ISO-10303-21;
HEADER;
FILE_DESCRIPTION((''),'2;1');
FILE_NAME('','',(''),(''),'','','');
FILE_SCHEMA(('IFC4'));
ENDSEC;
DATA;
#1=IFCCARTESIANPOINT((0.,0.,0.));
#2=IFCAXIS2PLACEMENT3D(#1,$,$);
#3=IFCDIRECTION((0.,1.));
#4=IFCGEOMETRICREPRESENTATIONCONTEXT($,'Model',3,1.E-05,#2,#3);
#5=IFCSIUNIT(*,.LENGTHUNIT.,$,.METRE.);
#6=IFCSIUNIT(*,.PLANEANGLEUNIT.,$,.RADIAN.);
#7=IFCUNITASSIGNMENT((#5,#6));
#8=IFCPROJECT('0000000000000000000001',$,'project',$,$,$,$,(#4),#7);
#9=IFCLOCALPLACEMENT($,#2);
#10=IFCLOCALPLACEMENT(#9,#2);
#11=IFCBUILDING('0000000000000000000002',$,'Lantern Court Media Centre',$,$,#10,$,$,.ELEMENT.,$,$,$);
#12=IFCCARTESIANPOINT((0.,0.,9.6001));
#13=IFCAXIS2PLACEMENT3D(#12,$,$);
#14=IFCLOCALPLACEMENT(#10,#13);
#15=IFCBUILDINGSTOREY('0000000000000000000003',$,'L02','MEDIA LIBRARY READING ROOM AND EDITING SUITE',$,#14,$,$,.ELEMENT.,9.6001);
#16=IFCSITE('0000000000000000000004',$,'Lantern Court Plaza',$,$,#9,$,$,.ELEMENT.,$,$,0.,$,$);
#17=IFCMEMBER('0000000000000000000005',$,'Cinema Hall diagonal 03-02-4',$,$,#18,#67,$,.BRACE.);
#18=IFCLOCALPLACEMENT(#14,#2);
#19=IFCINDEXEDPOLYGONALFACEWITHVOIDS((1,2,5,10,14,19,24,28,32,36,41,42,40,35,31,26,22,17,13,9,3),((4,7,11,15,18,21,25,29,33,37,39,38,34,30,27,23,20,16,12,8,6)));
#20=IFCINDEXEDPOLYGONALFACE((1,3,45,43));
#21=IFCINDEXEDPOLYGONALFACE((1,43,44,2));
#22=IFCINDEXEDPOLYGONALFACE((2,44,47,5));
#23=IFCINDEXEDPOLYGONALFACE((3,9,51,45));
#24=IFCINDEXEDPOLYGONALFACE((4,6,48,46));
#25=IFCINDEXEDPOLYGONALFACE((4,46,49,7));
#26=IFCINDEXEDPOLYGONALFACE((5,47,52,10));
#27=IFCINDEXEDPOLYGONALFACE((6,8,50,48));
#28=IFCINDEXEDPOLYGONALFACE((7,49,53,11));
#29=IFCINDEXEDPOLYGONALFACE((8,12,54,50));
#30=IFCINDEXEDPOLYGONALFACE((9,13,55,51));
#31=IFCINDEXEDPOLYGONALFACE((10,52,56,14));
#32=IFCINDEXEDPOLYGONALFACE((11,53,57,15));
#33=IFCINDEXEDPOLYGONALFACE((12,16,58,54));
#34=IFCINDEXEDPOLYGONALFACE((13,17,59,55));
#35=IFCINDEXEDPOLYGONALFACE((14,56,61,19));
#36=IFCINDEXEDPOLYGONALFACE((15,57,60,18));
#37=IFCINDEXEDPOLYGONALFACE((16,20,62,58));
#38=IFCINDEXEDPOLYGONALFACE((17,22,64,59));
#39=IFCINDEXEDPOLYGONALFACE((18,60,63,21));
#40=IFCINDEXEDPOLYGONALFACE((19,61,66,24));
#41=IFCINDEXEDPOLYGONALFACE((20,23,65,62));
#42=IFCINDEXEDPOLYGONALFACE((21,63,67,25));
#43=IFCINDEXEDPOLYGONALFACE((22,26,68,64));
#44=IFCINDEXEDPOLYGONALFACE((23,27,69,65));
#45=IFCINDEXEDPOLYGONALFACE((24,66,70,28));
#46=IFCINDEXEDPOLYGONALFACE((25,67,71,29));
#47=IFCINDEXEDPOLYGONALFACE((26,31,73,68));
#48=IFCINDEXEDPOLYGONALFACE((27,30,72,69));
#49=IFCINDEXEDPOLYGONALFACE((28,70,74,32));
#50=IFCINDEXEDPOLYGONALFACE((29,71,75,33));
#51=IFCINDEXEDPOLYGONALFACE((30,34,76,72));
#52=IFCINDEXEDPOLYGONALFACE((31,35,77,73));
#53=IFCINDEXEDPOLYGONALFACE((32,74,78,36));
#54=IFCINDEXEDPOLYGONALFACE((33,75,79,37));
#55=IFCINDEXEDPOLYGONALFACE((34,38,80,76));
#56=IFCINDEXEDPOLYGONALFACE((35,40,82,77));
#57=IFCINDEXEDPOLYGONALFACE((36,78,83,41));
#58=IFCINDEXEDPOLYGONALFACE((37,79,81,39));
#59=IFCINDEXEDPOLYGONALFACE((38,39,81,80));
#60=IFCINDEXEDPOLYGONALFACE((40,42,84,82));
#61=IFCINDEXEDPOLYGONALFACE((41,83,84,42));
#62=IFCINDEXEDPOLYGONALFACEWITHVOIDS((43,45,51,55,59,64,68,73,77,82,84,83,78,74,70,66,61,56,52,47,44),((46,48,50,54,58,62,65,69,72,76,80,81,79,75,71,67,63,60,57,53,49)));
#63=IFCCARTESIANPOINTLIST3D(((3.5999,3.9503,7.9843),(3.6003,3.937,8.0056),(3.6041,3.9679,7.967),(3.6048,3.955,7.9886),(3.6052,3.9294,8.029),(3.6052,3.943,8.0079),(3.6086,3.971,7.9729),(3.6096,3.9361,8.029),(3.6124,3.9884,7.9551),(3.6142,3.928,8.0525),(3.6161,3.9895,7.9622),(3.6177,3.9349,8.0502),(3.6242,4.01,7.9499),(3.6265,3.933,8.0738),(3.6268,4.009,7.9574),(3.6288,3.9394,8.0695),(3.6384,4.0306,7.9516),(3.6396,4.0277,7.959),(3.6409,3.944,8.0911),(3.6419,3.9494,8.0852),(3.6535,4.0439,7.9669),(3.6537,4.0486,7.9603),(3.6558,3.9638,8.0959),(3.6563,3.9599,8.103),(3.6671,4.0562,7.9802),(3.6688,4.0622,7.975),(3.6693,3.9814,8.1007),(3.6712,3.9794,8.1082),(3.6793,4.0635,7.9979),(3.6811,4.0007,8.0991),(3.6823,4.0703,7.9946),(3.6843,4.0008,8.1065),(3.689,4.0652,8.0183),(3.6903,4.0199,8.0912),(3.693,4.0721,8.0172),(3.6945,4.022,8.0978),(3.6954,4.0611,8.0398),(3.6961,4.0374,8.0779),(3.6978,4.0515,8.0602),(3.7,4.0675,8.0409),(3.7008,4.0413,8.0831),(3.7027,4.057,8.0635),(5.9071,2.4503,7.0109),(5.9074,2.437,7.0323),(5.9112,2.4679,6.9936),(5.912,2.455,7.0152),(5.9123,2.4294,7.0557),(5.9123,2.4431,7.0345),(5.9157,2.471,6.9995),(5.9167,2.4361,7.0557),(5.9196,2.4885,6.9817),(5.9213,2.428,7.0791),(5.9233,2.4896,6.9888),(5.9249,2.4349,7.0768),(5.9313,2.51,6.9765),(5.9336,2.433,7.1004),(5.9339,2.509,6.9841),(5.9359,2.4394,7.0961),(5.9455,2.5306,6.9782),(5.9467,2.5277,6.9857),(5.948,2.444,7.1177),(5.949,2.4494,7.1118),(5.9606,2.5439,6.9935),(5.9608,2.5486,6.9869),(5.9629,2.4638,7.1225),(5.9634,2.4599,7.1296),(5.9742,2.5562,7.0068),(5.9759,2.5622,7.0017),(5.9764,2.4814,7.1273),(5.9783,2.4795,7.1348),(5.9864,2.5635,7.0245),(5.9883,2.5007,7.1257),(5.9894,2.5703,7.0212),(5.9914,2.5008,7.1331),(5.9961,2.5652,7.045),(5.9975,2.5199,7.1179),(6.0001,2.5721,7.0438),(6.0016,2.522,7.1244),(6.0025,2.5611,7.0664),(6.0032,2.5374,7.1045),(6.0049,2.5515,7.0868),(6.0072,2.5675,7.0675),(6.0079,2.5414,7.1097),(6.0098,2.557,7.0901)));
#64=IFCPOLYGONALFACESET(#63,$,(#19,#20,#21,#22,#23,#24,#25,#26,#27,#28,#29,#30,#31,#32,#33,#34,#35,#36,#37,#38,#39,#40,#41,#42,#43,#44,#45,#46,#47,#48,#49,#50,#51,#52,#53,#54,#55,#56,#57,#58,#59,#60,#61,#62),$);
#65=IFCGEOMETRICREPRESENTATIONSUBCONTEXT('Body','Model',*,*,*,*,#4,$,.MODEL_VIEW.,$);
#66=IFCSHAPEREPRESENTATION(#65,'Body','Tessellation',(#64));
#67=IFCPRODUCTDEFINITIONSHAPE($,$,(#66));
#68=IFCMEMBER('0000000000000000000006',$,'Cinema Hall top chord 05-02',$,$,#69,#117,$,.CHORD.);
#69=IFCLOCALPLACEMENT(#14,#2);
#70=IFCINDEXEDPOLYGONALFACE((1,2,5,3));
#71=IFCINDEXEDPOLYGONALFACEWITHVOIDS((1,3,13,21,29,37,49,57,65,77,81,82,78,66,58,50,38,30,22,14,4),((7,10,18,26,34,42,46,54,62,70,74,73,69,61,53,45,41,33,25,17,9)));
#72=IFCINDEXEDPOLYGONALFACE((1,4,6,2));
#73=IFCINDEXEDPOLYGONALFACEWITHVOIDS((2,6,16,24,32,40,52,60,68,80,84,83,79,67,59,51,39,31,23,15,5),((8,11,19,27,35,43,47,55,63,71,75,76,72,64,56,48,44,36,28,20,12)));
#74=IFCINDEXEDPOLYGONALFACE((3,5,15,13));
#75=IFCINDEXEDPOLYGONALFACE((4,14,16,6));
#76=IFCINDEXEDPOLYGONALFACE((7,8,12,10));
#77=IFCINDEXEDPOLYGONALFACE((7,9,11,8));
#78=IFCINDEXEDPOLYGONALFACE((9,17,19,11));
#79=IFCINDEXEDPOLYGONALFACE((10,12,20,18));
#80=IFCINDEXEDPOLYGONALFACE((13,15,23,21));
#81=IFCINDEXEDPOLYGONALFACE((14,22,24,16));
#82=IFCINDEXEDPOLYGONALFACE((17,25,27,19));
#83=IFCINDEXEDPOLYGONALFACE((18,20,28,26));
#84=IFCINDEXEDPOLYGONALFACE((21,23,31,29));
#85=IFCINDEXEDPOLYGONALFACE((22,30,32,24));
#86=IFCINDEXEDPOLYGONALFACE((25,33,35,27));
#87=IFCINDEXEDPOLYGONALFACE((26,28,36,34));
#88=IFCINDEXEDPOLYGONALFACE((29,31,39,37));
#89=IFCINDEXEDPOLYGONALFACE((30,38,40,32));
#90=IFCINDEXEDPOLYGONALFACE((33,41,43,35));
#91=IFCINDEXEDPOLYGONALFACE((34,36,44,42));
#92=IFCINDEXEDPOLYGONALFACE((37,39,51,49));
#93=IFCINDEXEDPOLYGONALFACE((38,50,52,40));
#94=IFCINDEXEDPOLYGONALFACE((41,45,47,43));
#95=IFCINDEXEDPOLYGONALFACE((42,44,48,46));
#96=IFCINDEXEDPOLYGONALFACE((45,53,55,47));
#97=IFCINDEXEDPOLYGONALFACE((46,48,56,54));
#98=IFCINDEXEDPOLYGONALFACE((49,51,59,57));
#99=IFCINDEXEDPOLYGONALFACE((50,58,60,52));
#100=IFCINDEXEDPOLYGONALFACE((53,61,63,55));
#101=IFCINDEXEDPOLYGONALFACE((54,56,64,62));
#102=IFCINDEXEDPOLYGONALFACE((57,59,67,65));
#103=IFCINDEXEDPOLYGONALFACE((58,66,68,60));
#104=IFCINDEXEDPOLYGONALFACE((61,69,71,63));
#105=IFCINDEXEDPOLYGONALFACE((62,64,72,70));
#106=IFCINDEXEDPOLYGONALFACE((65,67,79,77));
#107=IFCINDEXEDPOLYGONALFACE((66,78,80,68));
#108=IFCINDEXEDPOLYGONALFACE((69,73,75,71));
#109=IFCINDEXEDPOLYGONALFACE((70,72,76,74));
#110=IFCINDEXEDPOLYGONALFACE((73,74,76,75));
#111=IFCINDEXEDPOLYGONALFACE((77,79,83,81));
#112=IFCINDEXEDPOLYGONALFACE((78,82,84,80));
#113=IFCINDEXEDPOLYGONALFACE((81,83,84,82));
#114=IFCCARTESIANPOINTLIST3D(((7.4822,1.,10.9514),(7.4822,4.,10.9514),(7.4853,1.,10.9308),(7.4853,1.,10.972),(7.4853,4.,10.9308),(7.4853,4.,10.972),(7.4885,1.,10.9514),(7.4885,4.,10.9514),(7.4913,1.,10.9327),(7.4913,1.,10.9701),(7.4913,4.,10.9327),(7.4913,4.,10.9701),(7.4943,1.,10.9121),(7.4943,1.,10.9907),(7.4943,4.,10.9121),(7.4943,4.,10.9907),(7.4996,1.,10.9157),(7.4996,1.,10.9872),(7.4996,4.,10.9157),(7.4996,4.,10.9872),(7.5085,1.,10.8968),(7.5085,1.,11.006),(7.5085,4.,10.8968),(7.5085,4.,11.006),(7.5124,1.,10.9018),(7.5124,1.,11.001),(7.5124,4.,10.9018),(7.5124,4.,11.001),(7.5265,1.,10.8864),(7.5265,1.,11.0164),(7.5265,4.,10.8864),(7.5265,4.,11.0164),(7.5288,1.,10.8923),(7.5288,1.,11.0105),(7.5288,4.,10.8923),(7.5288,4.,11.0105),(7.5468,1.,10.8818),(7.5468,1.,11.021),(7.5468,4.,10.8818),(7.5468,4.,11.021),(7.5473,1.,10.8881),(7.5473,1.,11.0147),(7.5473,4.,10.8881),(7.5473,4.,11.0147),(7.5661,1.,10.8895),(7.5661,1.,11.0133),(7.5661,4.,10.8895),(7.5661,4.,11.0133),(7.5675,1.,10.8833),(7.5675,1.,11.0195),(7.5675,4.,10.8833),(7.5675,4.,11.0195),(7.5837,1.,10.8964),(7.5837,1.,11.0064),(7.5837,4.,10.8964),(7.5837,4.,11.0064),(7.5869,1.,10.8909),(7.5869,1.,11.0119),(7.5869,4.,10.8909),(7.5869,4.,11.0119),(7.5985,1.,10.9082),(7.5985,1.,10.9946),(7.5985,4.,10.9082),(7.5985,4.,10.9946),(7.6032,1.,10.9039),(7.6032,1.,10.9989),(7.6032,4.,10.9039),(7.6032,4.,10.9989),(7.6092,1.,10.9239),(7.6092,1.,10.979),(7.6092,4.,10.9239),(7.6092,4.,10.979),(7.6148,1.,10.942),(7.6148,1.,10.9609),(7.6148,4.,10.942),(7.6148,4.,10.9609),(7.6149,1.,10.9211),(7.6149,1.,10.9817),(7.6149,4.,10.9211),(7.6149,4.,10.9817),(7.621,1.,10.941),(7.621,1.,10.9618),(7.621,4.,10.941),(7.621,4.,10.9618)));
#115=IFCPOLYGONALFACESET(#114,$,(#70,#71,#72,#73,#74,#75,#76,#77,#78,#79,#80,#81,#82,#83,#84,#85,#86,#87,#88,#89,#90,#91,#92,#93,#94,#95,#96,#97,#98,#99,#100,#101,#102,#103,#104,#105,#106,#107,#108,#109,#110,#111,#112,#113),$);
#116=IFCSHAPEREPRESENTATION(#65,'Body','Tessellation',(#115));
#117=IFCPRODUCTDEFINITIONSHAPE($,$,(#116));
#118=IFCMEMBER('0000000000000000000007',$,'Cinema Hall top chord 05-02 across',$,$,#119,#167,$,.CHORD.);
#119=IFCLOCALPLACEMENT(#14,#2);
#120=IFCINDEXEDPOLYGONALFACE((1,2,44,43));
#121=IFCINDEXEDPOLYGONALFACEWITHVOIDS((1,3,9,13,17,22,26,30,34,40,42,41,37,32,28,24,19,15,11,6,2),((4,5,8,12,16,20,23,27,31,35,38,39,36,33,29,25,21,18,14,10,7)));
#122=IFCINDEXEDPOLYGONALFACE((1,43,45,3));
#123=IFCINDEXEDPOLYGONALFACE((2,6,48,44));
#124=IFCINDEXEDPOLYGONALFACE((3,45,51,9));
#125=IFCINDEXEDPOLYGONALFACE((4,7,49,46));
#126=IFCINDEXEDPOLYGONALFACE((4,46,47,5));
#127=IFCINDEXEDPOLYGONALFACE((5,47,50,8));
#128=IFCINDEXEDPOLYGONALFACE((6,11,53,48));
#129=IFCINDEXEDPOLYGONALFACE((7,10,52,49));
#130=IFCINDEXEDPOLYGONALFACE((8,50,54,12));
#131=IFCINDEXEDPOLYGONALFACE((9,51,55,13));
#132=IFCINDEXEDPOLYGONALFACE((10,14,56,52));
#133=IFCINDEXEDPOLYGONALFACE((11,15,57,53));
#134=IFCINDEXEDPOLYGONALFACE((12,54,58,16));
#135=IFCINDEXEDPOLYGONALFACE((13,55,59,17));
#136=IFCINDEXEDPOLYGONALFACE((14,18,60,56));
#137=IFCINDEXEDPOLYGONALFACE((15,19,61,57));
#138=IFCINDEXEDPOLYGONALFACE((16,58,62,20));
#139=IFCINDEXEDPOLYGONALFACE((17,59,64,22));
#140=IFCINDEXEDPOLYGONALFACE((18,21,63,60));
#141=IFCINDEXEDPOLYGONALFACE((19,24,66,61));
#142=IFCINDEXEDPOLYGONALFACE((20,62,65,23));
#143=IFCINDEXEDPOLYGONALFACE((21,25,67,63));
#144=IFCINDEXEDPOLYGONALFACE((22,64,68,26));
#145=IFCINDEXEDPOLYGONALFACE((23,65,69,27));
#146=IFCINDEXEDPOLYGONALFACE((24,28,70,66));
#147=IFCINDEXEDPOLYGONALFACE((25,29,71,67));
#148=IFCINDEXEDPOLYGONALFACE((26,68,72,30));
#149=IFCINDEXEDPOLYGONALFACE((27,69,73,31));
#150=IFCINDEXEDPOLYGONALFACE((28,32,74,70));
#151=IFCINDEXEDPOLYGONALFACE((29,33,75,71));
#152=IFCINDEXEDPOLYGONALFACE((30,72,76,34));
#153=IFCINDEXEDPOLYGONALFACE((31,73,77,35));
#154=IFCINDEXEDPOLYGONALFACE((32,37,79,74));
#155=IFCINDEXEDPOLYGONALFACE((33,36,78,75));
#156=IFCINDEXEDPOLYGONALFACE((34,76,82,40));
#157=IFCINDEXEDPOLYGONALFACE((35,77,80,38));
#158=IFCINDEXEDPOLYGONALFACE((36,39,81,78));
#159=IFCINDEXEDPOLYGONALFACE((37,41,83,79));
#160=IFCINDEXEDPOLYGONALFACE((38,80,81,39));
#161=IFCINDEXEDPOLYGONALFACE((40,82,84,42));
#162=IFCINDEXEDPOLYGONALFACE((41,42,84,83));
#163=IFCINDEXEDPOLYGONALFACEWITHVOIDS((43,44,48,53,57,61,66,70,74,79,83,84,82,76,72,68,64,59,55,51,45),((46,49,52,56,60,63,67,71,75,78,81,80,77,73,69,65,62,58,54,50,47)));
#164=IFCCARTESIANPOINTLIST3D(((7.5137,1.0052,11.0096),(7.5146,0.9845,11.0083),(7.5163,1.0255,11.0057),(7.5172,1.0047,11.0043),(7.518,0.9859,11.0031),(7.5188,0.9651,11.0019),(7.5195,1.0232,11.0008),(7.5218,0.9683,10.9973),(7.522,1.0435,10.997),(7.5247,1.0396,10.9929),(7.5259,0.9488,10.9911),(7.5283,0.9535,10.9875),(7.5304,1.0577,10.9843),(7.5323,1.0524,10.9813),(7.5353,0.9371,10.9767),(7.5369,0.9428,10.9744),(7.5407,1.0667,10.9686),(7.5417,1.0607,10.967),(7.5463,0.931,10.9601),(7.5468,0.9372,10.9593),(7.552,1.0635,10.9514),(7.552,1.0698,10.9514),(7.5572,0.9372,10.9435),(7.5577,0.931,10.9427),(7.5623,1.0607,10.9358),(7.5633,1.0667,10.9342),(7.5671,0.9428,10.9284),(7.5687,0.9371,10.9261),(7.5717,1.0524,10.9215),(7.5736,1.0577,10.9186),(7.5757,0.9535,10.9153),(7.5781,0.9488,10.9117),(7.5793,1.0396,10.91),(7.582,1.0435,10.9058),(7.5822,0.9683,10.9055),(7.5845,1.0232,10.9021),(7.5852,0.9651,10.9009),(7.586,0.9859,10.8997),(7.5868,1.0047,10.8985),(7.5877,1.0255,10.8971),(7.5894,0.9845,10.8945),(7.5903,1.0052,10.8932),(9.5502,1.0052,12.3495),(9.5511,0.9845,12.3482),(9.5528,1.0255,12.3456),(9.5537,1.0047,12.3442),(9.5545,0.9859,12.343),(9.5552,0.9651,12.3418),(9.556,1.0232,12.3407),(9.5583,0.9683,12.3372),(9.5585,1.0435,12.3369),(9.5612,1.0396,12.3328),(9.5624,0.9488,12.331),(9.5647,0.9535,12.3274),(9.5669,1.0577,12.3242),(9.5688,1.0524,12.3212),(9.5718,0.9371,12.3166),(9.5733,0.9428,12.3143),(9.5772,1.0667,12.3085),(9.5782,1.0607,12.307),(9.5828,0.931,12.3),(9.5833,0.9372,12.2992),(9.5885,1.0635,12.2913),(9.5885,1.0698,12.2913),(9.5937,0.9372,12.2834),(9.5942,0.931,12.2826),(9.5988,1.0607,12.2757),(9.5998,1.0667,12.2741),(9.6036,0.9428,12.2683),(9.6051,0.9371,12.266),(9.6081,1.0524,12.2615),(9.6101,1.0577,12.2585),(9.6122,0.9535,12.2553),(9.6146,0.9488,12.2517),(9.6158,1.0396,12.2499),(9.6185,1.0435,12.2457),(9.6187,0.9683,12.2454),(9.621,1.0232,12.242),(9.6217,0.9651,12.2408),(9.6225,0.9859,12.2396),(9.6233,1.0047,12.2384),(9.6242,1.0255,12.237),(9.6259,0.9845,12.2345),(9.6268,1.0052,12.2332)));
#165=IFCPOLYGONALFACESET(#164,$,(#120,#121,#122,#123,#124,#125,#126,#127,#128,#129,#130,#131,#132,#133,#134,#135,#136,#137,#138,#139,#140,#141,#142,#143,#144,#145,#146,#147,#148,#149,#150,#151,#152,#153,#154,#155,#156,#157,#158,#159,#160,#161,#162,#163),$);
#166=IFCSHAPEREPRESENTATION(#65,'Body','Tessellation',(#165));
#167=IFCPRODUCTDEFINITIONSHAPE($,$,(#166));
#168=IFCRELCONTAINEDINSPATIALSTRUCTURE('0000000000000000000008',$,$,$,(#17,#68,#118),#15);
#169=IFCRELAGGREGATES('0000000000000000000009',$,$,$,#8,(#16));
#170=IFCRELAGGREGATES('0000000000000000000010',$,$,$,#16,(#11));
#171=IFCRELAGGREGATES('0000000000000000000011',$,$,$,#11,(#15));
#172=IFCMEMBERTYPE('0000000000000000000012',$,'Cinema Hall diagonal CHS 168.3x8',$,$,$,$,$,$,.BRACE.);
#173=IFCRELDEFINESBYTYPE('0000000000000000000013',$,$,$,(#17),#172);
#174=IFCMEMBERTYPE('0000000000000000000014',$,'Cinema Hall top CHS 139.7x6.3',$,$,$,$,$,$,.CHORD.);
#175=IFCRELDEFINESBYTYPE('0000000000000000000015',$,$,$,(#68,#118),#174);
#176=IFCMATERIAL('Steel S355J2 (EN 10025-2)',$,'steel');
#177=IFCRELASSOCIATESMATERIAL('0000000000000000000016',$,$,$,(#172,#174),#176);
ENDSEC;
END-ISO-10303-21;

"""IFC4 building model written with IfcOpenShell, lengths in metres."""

from ifc_helpers import new_model, si_unit, direction, frame, origin, origin_2d, place, context, subcontext, project, spatial, hollow_circle, extrude, material, material_profile, profile_set, type_object, element, save


model = new_model("IFC4")

# Units and contexts
model_context = context("Model", 3, precision=1e-05, world=origin(), true_north=direction((0.0, 1.0)))
body_context = subcontext(model_context, "Body", "Model", "MODEL_VIEW")
ifc_project = project(units=[si_unit("LENGTHUNIT", "METRE"), si_unit("PLANEANGLEUNIT", "RADIAN")], contexts=[model_context])

# Site, building, storey
site_placement = place(None, origin())
site = spatial("IfcSite", under=ifc_project, at=site_placement, Name="Lantern Court Plaza", CompositionType="ELEMENT", RefElevation=0.0)
building_placement = place(site_placement, origin())
building = spatial("IfcBuilding", under=site, at=building_placement, Name="Lantern Court Media Centre", CompositionType="ELEMENT")
storey_placement = place(building_placement, frame((0.0, 0.0, 9.6001)))
storey = spatial("IfcBuildingStorey", under=building, at=storey_placement, Name="L02", Description="MEDIA LIBRARY READING ROOM AND EDITING SUITE", CompositionType="ELEMENT", Elevation=9.6001)

# Members
ifc_material = material(Name="Steel S355J2 (EN 10025-2)", Category="steel")
ifc_material_profile_1 = material_profile(ifc_material, hollow_circle(Radius=0.0842, WallThickness=0.0081, at=origin_2d()), Name="Cinema Hall diagonal CHS 168.3x8")
ifc_profile_set_1 = profile_set([ifc_material_profile_1], Name="Steel S355J2 (EN 10025-2)")
member_type_1 = type_object("IfcMemberType", Name="Cinema Hall diagonal CHS 168.3x8", PredefinedType="BRACE", material=ifc_profile_set_1)
member_1_placement = place(storey_placement, frame((5.9583, 2.5, 7.0557), z_axis=(-0.790394, 0.513882, 0.333471), x_axis=(-0.545082, -0.838383, 0.0)))
element("IfcMember", 1, at=member_1_placement, inside=storey, type_object=member_type_1, Name="Cinema Hall diagonal 03-02-4", PredefinedType="BRACE", context=body_context, shape_type="SweptSolid", body=[
    extrude(hollow_circle(Radius=0.0842, WallThickness=0.0081, at=origin_2d()), origin(), (0.0, 0.0, 1.0), 2.9189),
])
ifc_material_profile_2 = material_profile(ifc_material, hollow_circle(Radius=0.0698, WallThickness=0.0063, at=origin_2d()), Name="Cinema Hall top CHS 139.7x6.3")
ifc_profile_set_2 = profile_set([ifc_material_profile_2], Name="Steel S355J2 (EN 10025-2)")
member_type_2 = type_object("IfcMemberType", Name="Cinema Hall top CHS 139.7x6.3", PredefinedType="CHORD", material=ifc_profile_set_2)
member_2_placement = place(storey_placement, frame((7.552, 1.0, 10.9514), z_axis=(0.0, 1.0, 0.0), x_axis=(-1.0, 0.0, 0.0)))
element("IfcMember", 2, at=member_2_placement, inside=storey, type_object=member_type_2, Name="Cinema Hall top chord 05-02", PredefinedType="CHORD", context=body_context, shape_type="SweptSolid", body=[
    extrude(hollow_circle(Radius=0.0698, WallThickness=0.0063, at=origin_2d()), origin(), (0.0, 0.0, 1.0), 3.0),
])
member_3_placement = place(storey_placement, frame((7.552, 1.0, 10.9514), z_axis=(0.835394, 0.0, 0.549651), x_axis=(0.0, 1.0, 0.0)))
element("IfcMember", 3, at=member_3_placement, inside=storey, type_object=member_type_2, Name="Cinema Hall top chord 05-02 across", PredefinedType="CHORD", context=body_context, shape_type="SweptSolid", body=[
    extrude(hollow_circle(Radius=0.0698, WallThickness=0.0063, at=origin_2d()), origin(), (0.0, 0.0, 1.0), 2.4377),
])

save(model, "model.ifc")
